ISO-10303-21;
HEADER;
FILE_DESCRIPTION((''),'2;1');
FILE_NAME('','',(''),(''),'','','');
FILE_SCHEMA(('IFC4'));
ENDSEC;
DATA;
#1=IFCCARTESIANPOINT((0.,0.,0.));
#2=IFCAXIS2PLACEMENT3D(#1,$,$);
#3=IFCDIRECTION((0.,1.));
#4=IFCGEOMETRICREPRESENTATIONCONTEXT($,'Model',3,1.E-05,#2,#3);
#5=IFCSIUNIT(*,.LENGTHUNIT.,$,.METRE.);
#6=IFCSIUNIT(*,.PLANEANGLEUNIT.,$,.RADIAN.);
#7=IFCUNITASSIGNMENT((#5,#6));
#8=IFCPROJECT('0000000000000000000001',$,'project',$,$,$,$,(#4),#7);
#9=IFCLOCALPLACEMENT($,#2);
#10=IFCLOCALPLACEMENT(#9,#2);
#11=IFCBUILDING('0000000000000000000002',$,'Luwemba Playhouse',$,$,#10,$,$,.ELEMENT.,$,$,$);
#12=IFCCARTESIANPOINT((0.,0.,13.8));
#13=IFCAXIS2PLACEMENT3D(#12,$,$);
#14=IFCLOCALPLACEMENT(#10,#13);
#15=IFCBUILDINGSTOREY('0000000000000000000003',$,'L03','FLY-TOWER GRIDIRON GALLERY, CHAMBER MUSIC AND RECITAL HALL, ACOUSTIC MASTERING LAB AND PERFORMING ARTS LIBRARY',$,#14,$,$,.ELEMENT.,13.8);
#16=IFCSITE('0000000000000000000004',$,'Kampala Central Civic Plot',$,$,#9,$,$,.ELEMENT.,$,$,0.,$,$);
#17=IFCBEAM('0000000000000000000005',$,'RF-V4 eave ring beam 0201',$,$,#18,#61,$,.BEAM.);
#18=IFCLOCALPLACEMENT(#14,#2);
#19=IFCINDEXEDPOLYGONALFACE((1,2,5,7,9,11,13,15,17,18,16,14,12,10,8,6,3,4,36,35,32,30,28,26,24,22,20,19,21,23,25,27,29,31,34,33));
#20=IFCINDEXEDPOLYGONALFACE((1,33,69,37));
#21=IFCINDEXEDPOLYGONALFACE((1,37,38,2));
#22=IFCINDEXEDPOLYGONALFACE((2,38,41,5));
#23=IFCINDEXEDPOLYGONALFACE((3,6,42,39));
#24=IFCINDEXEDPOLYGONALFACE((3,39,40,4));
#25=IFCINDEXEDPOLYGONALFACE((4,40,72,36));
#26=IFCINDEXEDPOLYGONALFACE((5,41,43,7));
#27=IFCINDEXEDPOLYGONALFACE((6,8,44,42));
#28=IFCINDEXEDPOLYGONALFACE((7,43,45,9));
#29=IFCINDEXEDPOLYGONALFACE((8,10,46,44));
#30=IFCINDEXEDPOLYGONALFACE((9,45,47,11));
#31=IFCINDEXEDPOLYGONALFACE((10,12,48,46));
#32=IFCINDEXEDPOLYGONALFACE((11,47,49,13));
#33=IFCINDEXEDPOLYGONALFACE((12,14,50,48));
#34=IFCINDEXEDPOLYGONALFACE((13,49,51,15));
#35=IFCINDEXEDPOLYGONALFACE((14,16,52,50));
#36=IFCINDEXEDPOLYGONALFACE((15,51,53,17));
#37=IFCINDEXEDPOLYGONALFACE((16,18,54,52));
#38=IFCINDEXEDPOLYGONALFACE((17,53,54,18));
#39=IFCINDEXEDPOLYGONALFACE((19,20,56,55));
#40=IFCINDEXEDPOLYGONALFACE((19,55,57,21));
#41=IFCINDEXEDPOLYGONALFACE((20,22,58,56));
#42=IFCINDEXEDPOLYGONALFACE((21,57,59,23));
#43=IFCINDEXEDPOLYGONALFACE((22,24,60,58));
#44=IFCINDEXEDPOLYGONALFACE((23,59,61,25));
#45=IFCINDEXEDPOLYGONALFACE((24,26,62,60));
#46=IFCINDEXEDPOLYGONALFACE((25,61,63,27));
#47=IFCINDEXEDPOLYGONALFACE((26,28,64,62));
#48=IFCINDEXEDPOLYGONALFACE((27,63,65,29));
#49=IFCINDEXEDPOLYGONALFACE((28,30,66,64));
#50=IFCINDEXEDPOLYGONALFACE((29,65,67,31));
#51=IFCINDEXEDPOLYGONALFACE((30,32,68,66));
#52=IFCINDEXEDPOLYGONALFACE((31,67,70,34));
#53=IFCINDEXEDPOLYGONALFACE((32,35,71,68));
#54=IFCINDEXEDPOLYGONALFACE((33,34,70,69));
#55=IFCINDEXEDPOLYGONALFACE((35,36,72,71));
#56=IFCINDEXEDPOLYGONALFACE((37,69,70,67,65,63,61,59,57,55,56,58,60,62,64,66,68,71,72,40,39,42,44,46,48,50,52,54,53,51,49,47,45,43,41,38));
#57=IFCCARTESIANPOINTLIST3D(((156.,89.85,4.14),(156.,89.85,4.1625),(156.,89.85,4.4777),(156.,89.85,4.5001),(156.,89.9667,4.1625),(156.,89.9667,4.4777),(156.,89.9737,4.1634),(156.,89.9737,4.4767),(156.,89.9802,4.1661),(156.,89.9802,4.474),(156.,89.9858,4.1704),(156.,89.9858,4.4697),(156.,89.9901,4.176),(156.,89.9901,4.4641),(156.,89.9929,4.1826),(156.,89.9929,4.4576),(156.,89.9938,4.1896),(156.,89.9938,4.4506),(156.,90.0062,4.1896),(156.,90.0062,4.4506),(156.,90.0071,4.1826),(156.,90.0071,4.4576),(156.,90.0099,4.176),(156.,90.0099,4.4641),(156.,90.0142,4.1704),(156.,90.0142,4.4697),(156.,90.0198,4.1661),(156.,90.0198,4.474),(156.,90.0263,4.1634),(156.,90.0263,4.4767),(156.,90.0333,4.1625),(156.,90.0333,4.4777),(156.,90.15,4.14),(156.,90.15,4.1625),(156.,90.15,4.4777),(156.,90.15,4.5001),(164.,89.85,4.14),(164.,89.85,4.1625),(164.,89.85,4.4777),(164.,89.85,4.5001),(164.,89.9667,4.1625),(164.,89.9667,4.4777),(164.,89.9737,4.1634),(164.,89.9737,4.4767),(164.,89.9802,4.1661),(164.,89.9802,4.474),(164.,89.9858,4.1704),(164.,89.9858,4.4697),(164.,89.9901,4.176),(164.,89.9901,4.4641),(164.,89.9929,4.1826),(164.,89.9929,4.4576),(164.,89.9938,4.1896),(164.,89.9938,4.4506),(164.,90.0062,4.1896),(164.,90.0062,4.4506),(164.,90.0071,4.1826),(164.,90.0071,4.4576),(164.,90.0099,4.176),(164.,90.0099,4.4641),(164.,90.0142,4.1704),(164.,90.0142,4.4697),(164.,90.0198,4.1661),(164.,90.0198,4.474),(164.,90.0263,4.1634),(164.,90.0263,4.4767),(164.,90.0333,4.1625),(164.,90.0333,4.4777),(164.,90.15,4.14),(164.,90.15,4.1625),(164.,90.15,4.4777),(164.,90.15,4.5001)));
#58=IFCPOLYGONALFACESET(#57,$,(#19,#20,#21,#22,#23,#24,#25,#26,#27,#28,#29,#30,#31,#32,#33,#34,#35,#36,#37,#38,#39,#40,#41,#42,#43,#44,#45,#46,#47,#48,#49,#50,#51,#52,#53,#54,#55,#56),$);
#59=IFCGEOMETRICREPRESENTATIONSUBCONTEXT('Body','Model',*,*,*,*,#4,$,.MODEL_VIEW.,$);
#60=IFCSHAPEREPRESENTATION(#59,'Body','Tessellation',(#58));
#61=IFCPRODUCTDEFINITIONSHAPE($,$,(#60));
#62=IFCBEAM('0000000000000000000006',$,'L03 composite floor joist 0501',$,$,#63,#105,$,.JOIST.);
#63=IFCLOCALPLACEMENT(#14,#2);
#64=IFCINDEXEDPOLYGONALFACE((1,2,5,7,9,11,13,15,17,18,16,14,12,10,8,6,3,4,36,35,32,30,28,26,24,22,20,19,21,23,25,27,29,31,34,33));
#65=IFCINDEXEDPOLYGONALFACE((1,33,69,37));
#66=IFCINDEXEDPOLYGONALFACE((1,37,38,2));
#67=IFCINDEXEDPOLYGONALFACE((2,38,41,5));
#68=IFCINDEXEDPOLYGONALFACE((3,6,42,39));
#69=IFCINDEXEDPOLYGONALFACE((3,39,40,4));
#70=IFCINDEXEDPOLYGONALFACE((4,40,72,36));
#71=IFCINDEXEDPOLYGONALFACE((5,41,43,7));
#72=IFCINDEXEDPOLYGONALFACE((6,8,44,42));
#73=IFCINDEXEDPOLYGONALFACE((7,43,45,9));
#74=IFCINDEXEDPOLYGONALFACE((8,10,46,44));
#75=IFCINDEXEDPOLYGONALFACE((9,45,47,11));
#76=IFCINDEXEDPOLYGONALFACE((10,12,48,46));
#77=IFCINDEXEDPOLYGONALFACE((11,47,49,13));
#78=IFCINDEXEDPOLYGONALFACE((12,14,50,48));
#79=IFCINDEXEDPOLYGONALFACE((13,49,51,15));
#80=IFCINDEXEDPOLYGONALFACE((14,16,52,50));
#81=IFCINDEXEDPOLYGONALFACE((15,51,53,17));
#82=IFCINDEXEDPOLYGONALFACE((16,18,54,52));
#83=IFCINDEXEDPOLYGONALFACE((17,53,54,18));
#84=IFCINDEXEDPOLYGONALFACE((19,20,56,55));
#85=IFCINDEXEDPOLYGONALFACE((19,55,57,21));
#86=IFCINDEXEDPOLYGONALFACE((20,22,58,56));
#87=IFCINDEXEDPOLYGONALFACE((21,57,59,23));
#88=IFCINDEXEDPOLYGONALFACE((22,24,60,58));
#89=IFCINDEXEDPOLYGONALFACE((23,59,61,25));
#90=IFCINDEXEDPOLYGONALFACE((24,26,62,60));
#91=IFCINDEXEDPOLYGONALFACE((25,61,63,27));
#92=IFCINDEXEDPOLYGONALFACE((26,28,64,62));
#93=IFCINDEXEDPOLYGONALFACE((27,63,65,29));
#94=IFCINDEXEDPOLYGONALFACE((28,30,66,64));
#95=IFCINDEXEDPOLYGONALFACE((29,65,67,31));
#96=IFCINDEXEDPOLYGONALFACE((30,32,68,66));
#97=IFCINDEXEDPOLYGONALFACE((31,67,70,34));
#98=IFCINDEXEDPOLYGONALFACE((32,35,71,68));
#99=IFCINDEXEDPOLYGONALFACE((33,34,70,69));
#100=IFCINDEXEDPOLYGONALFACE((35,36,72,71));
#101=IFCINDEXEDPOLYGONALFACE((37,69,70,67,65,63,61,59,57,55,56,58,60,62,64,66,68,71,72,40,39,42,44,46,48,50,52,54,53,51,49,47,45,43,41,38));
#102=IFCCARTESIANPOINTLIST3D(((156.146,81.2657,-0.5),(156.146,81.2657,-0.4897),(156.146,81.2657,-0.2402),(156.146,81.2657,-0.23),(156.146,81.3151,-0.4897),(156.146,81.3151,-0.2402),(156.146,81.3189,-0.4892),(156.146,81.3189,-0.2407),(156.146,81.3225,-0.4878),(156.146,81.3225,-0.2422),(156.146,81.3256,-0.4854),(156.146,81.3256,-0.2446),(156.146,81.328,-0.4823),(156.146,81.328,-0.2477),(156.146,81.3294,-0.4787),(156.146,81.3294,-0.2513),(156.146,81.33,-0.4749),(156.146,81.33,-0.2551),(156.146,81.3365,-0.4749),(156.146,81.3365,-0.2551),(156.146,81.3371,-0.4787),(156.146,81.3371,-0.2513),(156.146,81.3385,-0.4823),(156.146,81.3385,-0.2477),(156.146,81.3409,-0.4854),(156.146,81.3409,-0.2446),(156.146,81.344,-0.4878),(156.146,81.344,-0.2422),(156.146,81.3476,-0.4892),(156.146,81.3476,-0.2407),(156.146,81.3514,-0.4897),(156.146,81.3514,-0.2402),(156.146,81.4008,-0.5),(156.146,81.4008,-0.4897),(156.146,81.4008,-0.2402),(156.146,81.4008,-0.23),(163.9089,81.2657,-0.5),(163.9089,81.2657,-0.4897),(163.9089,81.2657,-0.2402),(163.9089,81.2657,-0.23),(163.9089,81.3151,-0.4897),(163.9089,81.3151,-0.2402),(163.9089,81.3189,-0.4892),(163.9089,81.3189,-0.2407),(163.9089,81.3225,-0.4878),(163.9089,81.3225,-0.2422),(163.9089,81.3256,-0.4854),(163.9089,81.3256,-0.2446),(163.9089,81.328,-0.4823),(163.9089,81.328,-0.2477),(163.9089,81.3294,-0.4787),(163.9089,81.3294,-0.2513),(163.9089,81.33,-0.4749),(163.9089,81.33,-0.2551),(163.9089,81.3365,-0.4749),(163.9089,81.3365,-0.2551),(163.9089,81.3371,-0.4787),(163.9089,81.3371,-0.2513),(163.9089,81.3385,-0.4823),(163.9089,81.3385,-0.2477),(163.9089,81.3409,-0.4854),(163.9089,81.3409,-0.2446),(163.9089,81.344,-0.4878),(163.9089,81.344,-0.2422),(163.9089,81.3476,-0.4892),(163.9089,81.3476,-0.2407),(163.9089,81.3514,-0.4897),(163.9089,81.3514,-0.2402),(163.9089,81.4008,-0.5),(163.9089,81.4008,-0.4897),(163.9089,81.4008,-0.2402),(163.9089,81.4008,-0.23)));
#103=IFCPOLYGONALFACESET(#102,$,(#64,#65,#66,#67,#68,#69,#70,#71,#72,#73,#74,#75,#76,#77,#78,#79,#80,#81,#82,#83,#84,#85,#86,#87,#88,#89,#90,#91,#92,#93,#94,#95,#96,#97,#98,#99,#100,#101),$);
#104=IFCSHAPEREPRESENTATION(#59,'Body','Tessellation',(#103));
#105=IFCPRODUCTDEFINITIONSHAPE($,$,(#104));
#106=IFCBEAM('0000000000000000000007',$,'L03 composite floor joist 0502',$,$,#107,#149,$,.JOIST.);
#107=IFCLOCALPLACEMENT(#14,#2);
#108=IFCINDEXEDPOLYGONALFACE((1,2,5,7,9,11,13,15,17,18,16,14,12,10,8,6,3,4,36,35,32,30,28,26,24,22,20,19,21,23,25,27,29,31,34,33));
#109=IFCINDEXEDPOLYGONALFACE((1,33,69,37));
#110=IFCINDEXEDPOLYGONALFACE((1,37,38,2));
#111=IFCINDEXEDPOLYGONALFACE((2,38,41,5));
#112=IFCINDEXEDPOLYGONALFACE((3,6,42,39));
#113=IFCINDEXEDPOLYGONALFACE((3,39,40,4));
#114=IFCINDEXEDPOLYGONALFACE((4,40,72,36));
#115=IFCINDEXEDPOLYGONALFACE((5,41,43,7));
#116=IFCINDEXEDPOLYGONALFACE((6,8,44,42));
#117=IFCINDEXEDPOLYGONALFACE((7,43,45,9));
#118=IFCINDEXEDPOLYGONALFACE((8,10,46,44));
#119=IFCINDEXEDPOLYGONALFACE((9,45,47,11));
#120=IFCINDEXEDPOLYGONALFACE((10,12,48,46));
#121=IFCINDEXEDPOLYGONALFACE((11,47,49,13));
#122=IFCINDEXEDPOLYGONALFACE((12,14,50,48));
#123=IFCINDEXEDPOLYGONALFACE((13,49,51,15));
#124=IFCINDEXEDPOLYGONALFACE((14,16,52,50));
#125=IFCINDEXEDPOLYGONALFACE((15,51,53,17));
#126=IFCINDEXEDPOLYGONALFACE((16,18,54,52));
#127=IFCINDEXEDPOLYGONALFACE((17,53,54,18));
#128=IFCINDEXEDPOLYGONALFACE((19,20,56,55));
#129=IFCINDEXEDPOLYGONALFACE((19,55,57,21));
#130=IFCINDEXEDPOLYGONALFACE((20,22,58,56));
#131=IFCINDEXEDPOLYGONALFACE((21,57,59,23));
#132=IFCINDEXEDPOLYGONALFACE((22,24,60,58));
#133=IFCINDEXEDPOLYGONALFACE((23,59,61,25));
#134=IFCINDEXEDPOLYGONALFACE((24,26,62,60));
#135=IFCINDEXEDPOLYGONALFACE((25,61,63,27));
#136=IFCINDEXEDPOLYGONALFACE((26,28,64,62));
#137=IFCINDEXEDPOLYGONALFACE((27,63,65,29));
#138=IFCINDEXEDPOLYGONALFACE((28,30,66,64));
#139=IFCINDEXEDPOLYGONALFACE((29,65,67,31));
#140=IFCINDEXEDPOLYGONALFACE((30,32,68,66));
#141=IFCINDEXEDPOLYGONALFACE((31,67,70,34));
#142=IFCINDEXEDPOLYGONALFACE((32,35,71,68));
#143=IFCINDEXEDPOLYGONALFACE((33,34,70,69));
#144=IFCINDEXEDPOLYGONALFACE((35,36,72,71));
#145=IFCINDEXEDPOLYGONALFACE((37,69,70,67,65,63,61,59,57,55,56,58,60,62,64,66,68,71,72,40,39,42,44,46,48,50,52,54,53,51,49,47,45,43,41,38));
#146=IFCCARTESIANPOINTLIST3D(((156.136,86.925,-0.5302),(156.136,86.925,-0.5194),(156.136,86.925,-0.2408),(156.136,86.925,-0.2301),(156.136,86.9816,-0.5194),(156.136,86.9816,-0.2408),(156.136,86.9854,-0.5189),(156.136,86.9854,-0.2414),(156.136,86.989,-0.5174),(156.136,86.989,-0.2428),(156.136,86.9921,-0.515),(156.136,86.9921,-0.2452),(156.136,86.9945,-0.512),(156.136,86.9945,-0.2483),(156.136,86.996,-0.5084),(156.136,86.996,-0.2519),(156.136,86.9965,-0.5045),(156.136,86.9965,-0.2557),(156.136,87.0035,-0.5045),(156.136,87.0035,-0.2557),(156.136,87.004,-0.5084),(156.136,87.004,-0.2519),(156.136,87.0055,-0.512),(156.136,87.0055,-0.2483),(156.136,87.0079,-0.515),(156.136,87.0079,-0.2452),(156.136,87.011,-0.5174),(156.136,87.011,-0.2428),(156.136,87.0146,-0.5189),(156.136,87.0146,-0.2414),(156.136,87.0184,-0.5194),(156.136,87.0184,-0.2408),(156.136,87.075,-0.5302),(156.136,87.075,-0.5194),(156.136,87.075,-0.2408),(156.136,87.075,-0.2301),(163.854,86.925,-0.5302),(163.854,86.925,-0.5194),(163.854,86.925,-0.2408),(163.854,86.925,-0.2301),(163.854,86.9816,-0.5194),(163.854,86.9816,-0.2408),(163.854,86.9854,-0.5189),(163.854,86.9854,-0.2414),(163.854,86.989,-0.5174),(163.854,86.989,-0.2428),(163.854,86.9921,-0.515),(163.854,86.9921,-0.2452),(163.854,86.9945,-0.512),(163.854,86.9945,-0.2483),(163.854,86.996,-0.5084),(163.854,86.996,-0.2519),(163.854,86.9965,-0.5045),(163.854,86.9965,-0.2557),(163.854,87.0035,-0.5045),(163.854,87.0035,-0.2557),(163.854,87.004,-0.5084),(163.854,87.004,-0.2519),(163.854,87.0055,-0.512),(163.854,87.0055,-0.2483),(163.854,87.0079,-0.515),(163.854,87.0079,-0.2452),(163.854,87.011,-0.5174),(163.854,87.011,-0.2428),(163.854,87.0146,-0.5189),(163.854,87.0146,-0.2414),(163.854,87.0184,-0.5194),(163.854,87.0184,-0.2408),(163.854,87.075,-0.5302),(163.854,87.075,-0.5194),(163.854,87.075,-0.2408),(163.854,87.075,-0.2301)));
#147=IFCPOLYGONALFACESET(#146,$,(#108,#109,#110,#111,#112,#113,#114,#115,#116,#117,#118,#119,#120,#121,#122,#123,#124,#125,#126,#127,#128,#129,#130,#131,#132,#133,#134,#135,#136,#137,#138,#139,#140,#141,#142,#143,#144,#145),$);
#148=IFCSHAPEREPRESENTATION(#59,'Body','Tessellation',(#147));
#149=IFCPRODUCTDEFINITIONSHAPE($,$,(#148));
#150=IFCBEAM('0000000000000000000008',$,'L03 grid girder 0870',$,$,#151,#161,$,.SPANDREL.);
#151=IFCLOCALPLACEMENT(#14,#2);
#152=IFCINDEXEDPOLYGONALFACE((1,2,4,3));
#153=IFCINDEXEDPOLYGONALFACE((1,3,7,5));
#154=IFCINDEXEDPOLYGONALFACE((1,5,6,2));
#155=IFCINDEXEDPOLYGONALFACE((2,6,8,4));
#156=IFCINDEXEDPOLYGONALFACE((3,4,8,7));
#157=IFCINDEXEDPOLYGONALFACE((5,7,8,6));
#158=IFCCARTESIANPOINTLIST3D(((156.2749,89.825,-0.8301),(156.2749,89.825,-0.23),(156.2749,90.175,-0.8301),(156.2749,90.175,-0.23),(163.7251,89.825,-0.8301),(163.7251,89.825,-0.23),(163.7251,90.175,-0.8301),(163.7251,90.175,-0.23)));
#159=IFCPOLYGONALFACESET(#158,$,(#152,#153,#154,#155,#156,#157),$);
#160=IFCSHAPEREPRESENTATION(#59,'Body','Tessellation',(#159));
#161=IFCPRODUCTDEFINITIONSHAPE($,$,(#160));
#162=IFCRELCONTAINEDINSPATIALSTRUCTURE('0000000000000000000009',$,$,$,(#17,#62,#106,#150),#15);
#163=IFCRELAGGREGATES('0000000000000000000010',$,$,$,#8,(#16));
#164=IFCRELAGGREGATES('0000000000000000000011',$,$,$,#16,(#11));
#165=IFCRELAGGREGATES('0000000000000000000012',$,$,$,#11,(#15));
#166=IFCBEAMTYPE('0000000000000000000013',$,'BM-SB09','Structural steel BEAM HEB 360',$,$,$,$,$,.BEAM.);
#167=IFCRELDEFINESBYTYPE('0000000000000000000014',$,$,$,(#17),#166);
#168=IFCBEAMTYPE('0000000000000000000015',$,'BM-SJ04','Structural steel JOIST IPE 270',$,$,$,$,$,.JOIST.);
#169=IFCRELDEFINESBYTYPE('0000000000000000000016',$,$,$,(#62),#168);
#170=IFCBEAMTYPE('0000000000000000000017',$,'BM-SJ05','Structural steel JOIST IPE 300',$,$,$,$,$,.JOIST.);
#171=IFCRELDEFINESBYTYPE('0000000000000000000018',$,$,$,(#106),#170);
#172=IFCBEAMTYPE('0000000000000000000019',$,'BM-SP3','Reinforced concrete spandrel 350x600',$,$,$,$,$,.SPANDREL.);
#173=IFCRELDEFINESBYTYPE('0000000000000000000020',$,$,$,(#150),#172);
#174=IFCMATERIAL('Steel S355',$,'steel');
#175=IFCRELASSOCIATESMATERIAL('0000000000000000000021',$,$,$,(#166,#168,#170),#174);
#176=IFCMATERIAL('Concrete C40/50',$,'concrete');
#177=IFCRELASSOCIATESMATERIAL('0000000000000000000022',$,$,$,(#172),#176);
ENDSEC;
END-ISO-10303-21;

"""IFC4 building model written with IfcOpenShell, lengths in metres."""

from ifc_helpers import new_model, si_unit, direction, frame, origin, origin_2d, place, context, subcontext, project, spatial, rectangle, i_section, extrude, material, material_profile, profile_set, type_object, element, save


model = new_model("IFC4")

# Units and contexts
model_context = context("Model", 3, precision=1e-05, world=origin(), true_north=direction((0.0, 1.0)))
body_context = subcontext(model_context, "Body", "Model", "MODEL_VIEW")
ifc_project = project(units=[si_unit("LENGTHUNIT", "METRE"), si_unit("PLANEANGLEUNIT", "RADIAN")], contexts=[model_context])

# Site, building, storey
site_placement = place(None, origin())
site = spatial("IfcSite", under=ifc_project, at=site_placement, Name="Kampala Central Civic Plot", CompositionType="ELEMENT", RefElevation=0.0)
building_placement = place(site_placement, origin())
building = spatial("IfcBuilding", under=site, at=building_placement, Name="Luwemba Playhouse", CompositionType="ELEMENT")
storey_placement = place(building_placement, frame((0.0, 0.0, 13.8)))
storey = spatial("IfcBuildingStorey", under=building, at=storey_placement, Name="L03", Description="FLY-TOWER GRIDIRON GALLERY, CHAMBER MUSIC AND RECITAL HALL, ACOUSTIC MASTERING LAB AND PERFORMING ARTS LIBRARY", CompositionType="ELEMENT", Elevation=13.8)

# Shared definitions
ifc_material_1 = material(Name="Concrete C40/50", Category="concrete")

# Beams
ifc_material_2 = material(Name="Steel S355", Category="steel")
ifc_material_profile_1 = material_profile(ifc_material_2, i_section(OverallWidth=0.3, OverallDepth=0.3601, WebThickness=0.0125, FlangeThickness=0.0225, FilletRadius=0.0271, at=origin_2d()))
ifc_profile_set_1 = profile_set([ifc_material_profile_1], Name="Steel S355")
beam_type_1 = type_object("IfcBeamType", Name="BM-SB09", Description="Structural steel BEAM HEB 360", PredefinedType="BEAM", material=ifc_profile_set_1)
beam_1_placement = place(storey_placement, frame((156.0, 90.0, 4.3201), z_axis=(1.0, 0.0, 0.0), x_axis=(0.0, 1.0, 0.0)))
element("IfcBeam", 1, at=beam_1_placement, inside=storey, type_object=beam_type_1, Name="RF-V4 eave ring beam 0201", PredefinedType="BEAM", context=body_context, shape_type="SweptSolid", body=[
    extrude(i_section(OverallWidth=0.3, OverallDepth=0.3601, WebThickness=0.0125, FlangeThickness=0.0225, FilletRadius=0.0271, at=origin_2d()), origin(), (0.0, 0.0, 1.0), 8.0),
])
ifc_material_profile_2 = material_profile(ifc_material_2, i_section(OverallWidth=0.135, OverallDepth=0.27, WebThickness=0.0066, FlangeThickness=0.0103, FilletRadius=0.0149, at=origin_2d()))
ifc_profile_set_2 = profile_set([ifc_material_profile_2], Name="Steel S355")
beam_type_2 = type_object("IfcBeamType", Name="BM-SJ04", Description="Structural steel JOIST IPE 270", PredefinedType="JOIST", material=ifc_profile_set_2)
beam_2_placement = place(storey_placement, frame((156.146, 81.3333, -0.365), z_axis=(1.0, 0.0, 0.0), x_axis=(0.0, 1.0, 0.0)))
element("IfcBeam", 2, at=beam_2_placement, inside=storey, type_object=beam_type_2, Name="L03 composite floor joist 0501", PredefinedType="JOIST", context=body_context, shape_type="SweptSolid", body=[
    extrude(i_section(OverallWidth=0.135, OverallDepth=0.27, WebThickness=0.0066, FlangeThickness=0.0103, FilletRadius=0.0149, at=origin_2d()), origin(), (0.0, 0.0, 1.0), 7.7629),
])
ifc_material_profile_3 = material_profile(ifc_material_2, i_section(OverallWidth=0.1499, OverallDepth=0.3, WebThickness=0.0071, FlangeThickness=0.0107, FilletRadius=0.0149, at=origin_2d()))
ifc_profile_set_3 = profile_set([ifc_material_profile_3], Name="Steel S355")
beam_type_3 = type_object("IfcBeamType", Name="BM-SJ05", Description="Structural steel JOIST IPE 300", PredefinedType="JOIST", material=ifc_profile_set_3)
beam_3_placement = place(storey_placement, frame((156.136, 87.0, -0.3801), z_axis=(1.0, 0.0, 0.0), x_axis=(0.0, 1.0, 0.0)))
element("IfcBeam", 3, at=beam_3_placement, inside=storey, type_object=beam_type_3, Name="L03 composite floor joist 0502", PredefinedType="JOIST", context=body_context, shape_type="SweptSolid", body=[
    extrude(i_section(OverallWidth=0.1499, OverallDepth=0.3, WebThickness=0.0071, FlangeThickness=0.0107, FilletRadius=0.0149, at=origin_2d()), origin(), (0.0, 0.0, 1.0), 7.718),
])
ifc_material_profile_4 = material_profile(ifc_material_1, rectangle(XDim=0.3501, YDim=0.6001, at=origin_2d()))
ifc_profile_set_4 = profile_set([ifc_material_profile_4], Name="Concrete C40/50")
beam_type_4 = type_object("IfcBeamType", Name="BM-SP3", Description="Reinforced concrete spandrel 350x600", PredefinedType="SPANDREL", material=ifc_profile_set_4)
beam_4_placement = place(storey_placement, frame((156.2749, 90.0, -0.53), z_axis=(1.0, 0.0, 0.0), x_axis=(0.0, 1.0, 0.0)))
element("IfcBeam", 4, at=beam_4_placement, inside=storey, type_object=beam_type_4, Name="L03 grid girder 0870", PredefinedType="SPANDREL", context=body_context, shape_type="SweptSolid", body=[
    extrude(rectangle(XDim=0.3501, YDim=0.6001, at=origin_2d()), origin(), (0.0, 0.0, 1.0), 7.4502),
])

save(model, "model.ifc")
